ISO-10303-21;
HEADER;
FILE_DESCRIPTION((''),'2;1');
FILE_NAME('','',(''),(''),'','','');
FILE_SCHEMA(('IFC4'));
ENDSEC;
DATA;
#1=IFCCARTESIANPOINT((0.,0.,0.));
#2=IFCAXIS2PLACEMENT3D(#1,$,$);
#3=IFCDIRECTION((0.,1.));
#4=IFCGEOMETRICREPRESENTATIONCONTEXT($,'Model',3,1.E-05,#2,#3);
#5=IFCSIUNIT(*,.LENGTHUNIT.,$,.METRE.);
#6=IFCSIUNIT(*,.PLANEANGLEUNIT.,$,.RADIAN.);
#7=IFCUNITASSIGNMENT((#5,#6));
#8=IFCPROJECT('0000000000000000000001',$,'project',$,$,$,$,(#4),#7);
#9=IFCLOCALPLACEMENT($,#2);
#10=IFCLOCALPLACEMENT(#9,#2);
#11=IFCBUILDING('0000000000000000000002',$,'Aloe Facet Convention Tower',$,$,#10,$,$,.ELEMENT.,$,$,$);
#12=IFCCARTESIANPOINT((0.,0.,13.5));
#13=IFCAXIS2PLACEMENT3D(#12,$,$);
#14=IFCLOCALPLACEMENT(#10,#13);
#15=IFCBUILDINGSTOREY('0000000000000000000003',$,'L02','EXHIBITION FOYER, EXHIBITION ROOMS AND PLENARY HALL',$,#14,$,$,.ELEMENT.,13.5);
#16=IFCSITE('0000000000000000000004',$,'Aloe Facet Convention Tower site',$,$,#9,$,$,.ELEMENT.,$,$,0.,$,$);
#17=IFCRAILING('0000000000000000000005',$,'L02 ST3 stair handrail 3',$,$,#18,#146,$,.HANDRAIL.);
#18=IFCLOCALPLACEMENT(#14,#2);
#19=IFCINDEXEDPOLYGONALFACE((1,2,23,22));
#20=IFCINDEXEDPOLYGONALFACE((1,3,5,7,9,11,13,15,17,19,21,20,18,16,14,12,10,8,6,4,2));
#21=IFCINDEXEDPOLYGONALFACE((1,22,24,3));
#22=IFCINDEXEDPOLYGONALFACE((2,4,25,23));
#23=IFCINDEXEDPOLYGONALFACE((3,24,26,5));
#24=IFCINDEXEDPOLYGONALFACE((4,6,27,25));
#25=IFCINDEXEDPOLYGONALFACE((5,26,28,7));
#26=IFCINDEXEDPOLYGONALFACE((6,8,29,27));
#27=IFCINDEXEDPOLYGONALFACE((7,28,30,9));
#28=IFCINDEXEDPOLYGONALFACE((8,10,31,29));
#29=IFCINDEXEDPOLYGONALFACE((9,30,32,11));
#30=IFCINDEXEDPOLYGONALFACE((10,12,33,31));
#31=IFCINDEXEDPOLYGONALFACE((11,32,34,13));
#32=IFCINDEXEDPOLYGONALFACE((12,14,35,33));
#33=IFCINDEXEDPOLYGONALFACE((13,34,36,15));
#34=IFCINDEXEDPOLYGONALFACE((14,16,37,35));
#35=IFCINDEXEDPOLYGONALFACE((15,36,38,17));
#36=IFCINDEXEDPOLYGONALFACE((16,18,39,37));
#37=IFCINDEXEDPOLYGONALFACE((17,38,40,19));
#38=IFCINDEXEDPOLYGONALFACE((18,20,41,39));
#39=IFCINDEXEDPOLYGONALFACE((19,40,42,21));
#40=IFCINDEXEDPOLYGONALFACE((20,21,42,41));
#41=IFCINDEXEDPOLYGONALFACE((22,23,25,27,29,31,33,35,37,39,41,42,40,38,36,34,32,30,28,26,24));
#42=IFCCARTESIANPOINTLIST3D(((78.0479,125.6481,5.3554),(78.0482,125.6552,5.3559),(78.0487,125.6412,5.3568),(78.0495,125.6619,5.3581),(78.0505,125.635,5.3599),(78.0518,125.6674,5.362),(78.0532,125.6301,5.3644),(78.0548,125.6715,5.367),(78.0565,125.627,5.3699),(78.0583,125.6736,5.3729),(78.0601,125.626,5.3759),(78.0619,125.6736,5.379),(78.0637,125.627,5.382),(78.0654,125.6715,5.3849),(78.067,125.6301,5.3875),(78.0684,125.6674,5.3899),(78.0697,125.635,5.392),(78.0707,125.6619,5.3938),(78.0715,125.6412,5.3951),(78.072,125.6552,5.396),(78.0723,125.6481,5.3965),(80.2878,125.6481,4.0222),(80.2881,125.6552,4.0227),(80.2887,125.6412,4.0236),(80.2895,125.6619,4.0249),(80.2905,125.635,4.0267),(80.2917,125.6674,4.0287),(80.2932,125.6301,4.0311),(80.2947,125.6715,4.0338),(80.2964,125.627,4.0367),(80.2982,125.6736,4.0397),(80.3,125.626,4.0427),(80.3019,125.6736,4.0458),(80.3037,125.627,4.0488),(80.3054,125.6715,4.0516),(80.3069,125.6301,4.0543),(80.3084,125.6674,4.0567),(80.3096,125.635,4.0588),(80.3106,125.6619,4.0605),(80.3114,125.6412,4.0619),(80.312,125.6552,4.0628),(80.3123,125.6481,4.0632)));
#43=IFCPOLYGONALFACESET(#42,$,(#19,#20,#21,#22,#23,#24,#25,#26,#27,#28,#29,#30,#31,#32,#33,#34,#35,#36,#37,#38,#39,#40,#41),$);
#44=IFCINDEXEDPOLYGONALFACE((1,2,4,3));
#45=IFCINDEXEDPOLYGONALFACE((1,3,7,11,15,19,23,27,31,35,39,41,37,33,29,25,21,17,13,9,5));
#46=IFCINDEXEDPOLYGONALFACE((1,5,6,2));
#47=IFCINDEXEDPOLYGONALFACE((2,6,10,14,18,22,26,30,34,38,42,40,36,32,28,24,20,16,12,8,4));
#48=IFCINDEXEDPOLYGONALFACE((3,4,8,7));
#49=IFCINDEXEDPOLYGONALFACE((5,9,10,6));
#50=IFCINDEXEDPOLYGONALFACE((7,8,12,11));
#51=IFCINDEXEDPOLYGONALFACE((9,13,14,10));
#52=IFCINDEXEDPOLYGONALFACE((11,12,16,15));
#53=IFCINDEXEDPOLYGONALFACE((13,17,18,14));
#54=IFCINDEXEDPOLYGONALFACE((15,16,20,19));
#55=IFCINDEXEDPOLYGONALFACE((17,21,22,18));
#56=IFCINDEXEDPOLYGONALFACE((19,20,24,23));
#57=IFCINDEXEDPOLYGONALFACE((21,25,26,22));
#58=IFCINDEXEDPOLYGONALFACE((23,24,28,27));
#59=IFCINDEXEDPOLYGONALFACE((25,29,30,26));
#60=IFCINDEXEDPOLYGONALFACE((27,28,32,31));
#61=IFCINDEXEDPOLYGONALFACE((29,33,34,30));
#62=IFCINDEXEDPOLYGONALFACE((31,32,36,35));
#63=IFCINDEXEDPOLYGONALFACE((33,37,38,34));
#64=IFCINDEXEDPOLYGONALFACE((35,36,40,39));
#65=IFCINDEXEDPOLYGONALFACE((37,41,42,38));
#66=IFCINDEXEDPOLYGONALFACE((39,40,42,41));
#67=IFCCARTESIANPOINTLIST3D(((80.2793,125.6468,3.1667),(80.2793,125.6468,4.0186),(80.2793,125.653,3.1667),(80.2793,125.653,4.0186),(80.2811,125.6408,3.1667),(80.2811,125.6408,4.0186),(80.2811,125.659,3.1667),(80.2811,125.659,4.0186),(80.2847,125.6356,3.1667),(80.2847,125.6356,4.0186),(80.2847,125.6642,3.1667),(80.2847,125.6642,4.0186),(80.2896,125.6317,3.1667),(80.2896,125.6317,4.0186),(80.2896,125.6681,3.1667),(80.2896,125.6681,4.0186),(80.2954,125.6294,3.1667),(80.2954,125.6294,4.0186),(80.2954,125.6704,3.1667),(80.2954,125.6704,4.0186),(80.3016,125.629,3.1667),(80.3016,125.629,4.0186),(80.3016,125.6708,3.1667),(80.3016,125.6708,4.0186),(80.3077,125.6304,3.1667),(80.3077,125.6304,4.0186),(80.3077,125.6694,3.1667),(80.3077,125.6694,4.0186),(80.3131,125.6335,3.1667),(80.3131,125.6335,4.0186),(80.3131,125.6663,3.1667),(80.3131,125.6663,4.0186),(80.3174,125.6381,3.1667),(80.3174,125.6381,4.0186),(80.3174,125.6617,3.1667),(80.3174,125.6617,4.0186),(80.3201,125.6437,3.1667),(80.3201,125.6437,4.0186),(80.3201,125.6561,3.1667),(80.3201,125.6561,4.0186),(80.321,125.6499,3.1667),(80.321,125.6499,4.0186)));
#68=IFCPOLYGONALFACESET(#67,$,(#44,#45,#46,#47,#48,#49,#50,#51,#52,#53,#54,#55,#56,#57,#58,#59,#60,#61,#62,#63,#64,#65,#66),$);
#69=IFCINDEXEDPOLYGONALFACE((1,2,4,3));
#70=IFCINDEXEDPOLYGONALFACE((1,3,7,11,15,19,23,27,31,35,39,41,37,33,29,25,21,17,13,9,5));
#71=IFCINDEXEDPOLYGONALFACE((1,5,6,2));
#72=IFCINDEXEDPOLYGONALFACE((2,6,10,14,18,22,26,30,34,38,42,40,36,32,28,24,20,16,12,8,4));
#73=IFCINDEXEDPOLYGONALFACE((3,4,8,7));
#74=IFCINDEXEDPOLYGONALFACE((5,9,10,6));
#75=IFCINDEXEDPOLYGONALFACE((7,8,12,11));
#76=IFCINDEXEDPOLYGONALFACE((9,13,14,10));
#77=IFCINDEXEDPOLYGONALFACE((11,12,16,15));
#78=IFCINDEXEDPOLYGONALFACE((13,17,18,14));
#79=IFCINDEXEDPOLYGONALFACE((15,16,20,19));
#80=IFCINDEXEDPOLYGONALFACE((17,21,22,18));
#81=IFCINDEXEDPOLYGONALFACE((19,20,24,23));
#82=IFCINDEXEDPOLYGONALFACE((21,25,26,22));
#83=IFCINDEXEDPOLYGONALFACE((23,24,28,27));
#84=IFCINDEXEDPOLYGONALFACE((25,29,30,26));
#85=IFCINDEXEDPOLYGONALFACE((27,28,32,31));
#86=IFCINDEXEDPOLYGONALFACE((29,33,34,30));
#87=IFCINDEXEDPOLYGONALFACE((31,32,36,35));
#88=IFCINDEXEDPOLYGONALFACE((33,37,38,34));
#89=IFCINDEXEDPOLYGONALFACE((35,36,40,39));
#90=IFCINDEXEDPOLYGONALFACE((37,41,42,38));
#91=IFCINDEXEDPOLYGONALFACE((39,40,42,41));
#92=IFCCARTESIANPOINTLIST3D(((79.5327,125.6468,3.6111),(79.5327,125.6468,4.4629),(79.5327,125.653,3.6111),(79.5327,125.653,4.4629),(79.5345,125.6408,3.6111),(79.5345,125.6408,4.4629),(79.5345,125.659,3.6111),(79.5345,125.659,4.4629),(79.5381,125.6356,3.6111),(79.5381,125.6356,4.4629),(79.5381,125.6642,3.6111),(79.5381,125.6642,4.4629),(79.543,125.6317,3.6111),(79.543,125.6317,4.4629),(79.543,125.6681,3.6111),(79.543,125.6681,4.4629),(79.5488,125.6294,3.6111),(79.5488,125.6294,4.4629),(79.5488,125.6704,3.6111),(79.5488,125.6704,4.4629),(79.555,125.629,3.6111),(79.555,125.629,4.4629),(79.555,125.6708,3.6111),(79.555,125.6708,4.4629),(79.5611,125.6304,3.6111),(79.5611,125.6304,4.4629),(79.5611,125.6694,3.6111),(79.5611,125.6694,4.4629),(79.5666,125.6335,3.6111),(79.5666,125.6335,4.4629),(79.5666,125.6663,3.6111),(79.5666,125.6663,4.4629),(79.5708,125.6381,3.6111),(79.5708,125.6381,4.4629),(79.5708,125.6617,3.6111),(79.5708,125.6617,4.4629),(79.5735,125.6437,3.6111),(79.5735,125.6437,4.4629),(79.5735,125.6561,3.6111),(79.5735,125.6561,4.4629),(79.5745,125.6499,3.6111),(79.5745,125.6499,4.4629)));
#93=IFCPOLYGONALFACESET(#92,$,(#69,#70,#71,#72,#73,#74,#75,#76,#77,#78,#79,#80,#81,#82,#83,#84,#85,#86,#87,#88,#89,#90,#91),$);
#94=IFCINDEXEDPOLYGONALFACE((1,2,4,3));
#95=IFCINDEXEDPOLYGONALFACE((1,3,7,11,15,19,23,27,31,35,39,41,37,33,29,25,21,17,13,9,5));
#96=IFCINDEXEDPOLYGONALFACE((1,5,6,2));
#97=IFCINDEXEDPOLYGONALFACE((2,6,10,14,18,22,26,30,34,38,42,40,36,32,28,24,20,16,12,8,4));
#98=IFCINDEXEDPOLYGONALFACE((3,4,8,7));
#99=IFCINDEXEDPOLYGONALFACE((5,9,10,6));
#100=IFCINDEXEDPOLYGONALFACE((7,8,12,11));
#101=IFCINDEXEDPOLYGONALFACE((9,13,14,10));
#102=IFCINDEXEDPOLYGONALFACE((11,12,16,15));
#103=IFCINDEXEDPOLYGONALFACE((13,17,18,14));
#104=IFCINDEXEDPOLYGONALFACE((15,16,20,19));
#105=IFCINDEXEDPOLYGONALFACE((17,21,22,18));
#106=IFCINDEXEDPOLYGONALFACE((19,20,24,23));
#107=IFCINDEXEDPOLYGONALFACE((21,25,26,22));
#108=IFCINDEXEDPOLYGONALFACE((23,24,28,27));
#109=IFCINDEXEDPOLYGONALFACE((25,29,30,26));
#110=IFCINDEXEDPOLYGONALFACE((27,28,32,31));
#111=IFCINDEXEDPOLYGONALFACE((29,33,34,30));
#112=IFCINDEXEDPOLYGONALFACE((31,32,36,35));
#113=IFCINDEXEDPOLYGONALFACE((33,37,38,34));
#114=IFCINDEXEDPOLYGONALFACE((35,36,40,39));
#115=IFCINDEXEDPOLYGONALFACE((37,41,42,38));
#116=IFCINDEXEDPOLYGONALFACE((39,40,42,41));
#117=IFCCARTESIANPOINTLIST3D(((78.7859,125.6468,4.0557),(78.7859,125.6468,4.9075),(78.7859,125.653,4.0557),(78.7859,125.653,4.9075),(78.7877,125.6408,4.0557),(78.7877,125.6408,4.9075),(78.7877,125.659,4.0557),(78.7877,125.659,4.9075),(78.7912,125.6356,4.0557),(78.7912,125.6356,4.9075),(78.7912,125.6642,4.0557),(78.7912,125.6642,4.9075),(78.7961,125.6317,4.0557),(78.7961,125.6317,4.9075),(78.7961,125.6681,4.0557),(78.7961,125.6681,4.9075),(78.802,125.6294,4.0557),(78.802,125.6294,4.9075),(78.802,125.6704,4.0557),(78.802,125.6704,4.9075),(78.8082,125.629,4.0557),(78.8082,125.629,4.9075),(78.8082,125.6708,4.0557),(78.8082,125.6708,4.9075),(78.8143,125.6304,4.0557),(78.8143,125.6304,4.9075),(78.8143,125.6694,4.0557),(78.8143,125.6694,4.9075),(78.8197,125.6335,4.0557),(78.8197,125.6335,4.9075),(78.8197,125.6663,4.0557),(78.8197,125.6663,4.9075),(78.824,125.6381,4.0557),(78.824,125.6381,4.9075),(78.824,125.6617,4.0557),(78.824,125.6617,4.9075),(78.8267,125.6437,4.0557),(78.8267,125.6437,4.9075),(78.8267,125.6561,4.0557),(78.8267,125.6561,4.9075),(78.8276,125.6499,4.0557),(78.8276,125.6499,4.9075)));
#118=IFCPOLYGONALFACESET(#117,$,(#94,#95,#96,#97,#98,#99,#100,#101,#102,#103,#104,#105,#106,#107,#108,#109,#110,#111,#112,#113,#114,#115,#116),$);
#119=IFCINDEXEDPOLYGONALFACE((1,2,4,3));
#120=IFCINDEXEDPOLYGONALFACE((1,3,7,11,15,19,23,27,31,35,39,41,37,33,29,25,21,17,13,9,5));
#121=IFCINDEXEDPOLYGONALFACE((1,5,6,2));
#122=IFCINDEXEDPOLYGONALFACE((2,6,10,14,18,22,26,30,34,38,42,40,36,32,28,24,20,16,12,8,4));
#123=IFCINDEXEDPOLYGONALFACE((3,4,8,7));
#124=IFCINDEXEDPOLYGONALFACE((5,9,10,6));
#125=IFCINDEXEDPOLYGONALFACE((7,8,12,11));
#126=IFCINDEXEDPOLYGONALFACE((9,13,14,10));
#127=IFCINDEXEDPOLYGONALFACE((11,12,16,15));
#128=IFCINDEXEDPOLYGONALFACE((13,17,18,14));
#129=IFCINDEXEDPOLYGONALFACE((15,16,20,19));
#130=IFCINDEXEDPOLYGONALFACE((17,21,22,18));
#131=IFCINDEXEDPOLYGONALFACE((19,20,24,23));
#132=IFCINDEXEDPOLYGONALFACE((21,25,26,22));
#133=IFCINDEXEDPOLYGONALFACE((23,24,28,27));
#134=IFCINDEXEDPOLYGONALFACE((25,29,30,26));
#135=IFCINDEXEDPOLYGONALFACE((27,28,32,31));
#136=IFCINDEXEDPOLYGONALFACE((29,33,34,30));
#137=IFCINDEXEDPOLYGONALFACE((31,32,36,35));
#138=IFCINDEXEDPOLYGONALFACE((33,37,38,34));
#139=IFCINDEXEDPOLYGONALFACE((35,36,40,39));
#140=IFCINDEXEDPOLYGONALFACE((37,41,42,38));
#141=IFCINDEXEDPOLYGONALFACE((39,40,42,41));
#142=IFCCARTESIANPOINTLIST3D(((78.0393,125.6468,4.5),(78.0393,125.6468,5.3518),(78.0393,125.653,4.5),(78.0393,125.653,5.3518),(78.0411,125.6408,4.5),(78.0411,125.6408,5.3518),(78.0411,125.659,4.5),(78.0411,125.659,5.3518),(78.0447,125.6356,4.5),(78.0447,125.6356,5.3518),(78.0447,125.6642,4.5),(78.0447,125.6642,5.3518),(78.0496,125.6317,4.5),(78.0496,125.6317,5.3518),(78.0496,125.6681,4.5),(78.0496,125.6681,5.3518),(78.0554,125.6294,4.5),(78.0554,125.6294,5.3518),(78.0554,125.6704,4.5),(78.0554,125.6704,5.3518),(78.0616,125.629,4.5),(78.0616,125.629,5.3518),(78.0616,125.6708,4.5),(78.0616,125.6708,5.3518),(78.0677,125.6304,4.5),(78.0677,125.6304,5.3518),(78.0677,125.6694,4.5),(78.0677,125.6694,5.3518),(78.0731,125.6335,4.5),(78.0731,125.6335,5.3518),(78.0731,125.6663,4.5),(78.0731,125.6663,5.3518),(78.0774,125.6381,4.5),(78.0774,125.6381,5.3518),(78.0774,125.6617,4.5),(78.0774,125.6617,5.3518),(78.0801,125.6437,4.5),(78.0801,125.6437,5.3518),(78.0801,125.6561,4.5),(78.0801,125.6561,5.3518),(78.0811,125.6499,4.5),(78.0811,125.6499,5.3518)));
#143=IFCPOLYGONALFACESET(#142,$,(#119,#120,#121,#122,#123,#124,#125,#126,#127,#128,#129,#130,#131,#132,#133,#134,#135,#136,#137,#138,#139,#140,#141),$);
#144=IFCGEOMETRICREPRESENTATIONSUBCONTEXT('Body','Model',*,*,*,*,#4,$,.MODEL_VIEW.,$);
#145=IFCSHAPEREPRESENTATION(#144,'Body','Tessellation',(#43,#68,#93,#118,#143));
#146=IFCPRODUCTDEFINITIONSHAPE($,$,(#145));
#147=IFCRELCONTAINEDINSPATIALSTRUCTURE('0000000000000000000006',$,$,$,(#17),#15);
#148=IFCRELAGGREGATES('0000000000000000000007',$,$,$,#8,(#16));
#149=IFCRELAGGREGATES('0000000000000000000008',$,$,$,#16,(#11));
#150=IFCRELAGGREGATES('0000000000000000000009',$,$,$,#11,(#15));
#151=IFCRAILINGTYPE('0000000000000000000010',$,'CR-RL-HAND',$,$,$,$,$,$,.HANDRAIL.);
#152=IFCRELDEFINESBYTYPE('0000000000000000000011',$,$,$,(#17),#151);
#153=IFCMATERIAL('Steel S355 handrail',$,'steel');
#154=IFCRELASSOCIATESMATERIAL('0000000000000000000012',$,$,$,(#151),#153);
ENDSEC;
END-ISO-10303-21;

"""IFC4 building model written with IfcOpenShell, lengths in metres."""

from ifc_helpers import new_model, si_unit, direction, frame, origin, origin_2d, place, context, subcontext, project, spatial, circle, extrude, material, type_object, element, save


model = new_model("IFC4")

# Units and contexts
model_context = context("Model", 3, precision=1e-05, world=origin(), true_north=direction((0.0, 1.0)))
body_context = subcontext(model_context, "Body", "Model", "MODEL_VIEW")
ifc_project = project(units=[si_unit("LENGTHUNIT", "METRE"), si_unit("PLANEANGLEUNIT", "RADIAN")], contexts=[model_context])

# Site, building, storey
site_placement = place(None, origin())
site = spatial("IfcSite", under=ifc_project, at=site_placement, Name="Aloe Facet Convention Tower site", CompositionType="ELEMENT", RefElevation=0.0)
building_placement = place(site_placement, origin())
building = spatial("IfcBuilding", under=site, at=building_placement, Name="Aloe Facet Convention Tower", CompositionType="ELEMENT")
storey_placement = place(building_placement, frame((0.0, 0.0, 13.5)))
storey = spatial("IfcBuildingStorey", under=building, at=storey_placement, Name="L02", Description="EXHIBITION FOYER, EXHIBITION ROOMS AND PLENARY HALL", CompositionType="ELEMENT", Elevation=13.5)

# Railing
ifc_material_1 = material(Name="Steel S355 handrail", Category="steel")
railing_type_1 = type_object("IfcRailingType", Name="CR-RL-HAND", PredefinedType="HANDRAIL", material=ifc_material_1)
for number, where, name in (
    (1, (80.3, 125.6499, 3.1667), "L02 ST3 stair handrail 3"),
):
    element("IfcRailing", number, at=place(storey_placement, frame(where)), inside=storey, type_object=railing_type_1, Name=name, PredefinedType="HANDRAIL", context=body_context, shape_type="SweptSolid", body=[
        extrude(circle(Radius=0.0239, at=origin_2d()), frame((0.0, 0.0, 0.876), z_axis=(-0.859306, 0.0, 0.511462), x_axis=(0.0, -1.0, 0.0)), (0.0, 0.0, 1.0), 2.6067),
        extrude(circle(Radius=0.021, at=origin_2d()), origin(), (0.0, 0.0, 1.0), 0.8518),
        extrude(circle(Radius=0.021, at=origin_2d()), frame((-0.7466, 0.0, 0.4443)), (0.0, 0.0, 1.0), 0.8518),
        extrude(circle(Radius=0.021, at=origin_2d()), frame((-1.4934, 0.0, 0.8889)), (0.0, 0.0, 1.0), 0.8518),
        extrude(circle(Radius=0.021, at=origin_2d()), frame((-2.24, 0.0, 1.3333)), (0.0, 0.0, 1.0), 0.8518),
    ])

save(model, "model.ifc")
